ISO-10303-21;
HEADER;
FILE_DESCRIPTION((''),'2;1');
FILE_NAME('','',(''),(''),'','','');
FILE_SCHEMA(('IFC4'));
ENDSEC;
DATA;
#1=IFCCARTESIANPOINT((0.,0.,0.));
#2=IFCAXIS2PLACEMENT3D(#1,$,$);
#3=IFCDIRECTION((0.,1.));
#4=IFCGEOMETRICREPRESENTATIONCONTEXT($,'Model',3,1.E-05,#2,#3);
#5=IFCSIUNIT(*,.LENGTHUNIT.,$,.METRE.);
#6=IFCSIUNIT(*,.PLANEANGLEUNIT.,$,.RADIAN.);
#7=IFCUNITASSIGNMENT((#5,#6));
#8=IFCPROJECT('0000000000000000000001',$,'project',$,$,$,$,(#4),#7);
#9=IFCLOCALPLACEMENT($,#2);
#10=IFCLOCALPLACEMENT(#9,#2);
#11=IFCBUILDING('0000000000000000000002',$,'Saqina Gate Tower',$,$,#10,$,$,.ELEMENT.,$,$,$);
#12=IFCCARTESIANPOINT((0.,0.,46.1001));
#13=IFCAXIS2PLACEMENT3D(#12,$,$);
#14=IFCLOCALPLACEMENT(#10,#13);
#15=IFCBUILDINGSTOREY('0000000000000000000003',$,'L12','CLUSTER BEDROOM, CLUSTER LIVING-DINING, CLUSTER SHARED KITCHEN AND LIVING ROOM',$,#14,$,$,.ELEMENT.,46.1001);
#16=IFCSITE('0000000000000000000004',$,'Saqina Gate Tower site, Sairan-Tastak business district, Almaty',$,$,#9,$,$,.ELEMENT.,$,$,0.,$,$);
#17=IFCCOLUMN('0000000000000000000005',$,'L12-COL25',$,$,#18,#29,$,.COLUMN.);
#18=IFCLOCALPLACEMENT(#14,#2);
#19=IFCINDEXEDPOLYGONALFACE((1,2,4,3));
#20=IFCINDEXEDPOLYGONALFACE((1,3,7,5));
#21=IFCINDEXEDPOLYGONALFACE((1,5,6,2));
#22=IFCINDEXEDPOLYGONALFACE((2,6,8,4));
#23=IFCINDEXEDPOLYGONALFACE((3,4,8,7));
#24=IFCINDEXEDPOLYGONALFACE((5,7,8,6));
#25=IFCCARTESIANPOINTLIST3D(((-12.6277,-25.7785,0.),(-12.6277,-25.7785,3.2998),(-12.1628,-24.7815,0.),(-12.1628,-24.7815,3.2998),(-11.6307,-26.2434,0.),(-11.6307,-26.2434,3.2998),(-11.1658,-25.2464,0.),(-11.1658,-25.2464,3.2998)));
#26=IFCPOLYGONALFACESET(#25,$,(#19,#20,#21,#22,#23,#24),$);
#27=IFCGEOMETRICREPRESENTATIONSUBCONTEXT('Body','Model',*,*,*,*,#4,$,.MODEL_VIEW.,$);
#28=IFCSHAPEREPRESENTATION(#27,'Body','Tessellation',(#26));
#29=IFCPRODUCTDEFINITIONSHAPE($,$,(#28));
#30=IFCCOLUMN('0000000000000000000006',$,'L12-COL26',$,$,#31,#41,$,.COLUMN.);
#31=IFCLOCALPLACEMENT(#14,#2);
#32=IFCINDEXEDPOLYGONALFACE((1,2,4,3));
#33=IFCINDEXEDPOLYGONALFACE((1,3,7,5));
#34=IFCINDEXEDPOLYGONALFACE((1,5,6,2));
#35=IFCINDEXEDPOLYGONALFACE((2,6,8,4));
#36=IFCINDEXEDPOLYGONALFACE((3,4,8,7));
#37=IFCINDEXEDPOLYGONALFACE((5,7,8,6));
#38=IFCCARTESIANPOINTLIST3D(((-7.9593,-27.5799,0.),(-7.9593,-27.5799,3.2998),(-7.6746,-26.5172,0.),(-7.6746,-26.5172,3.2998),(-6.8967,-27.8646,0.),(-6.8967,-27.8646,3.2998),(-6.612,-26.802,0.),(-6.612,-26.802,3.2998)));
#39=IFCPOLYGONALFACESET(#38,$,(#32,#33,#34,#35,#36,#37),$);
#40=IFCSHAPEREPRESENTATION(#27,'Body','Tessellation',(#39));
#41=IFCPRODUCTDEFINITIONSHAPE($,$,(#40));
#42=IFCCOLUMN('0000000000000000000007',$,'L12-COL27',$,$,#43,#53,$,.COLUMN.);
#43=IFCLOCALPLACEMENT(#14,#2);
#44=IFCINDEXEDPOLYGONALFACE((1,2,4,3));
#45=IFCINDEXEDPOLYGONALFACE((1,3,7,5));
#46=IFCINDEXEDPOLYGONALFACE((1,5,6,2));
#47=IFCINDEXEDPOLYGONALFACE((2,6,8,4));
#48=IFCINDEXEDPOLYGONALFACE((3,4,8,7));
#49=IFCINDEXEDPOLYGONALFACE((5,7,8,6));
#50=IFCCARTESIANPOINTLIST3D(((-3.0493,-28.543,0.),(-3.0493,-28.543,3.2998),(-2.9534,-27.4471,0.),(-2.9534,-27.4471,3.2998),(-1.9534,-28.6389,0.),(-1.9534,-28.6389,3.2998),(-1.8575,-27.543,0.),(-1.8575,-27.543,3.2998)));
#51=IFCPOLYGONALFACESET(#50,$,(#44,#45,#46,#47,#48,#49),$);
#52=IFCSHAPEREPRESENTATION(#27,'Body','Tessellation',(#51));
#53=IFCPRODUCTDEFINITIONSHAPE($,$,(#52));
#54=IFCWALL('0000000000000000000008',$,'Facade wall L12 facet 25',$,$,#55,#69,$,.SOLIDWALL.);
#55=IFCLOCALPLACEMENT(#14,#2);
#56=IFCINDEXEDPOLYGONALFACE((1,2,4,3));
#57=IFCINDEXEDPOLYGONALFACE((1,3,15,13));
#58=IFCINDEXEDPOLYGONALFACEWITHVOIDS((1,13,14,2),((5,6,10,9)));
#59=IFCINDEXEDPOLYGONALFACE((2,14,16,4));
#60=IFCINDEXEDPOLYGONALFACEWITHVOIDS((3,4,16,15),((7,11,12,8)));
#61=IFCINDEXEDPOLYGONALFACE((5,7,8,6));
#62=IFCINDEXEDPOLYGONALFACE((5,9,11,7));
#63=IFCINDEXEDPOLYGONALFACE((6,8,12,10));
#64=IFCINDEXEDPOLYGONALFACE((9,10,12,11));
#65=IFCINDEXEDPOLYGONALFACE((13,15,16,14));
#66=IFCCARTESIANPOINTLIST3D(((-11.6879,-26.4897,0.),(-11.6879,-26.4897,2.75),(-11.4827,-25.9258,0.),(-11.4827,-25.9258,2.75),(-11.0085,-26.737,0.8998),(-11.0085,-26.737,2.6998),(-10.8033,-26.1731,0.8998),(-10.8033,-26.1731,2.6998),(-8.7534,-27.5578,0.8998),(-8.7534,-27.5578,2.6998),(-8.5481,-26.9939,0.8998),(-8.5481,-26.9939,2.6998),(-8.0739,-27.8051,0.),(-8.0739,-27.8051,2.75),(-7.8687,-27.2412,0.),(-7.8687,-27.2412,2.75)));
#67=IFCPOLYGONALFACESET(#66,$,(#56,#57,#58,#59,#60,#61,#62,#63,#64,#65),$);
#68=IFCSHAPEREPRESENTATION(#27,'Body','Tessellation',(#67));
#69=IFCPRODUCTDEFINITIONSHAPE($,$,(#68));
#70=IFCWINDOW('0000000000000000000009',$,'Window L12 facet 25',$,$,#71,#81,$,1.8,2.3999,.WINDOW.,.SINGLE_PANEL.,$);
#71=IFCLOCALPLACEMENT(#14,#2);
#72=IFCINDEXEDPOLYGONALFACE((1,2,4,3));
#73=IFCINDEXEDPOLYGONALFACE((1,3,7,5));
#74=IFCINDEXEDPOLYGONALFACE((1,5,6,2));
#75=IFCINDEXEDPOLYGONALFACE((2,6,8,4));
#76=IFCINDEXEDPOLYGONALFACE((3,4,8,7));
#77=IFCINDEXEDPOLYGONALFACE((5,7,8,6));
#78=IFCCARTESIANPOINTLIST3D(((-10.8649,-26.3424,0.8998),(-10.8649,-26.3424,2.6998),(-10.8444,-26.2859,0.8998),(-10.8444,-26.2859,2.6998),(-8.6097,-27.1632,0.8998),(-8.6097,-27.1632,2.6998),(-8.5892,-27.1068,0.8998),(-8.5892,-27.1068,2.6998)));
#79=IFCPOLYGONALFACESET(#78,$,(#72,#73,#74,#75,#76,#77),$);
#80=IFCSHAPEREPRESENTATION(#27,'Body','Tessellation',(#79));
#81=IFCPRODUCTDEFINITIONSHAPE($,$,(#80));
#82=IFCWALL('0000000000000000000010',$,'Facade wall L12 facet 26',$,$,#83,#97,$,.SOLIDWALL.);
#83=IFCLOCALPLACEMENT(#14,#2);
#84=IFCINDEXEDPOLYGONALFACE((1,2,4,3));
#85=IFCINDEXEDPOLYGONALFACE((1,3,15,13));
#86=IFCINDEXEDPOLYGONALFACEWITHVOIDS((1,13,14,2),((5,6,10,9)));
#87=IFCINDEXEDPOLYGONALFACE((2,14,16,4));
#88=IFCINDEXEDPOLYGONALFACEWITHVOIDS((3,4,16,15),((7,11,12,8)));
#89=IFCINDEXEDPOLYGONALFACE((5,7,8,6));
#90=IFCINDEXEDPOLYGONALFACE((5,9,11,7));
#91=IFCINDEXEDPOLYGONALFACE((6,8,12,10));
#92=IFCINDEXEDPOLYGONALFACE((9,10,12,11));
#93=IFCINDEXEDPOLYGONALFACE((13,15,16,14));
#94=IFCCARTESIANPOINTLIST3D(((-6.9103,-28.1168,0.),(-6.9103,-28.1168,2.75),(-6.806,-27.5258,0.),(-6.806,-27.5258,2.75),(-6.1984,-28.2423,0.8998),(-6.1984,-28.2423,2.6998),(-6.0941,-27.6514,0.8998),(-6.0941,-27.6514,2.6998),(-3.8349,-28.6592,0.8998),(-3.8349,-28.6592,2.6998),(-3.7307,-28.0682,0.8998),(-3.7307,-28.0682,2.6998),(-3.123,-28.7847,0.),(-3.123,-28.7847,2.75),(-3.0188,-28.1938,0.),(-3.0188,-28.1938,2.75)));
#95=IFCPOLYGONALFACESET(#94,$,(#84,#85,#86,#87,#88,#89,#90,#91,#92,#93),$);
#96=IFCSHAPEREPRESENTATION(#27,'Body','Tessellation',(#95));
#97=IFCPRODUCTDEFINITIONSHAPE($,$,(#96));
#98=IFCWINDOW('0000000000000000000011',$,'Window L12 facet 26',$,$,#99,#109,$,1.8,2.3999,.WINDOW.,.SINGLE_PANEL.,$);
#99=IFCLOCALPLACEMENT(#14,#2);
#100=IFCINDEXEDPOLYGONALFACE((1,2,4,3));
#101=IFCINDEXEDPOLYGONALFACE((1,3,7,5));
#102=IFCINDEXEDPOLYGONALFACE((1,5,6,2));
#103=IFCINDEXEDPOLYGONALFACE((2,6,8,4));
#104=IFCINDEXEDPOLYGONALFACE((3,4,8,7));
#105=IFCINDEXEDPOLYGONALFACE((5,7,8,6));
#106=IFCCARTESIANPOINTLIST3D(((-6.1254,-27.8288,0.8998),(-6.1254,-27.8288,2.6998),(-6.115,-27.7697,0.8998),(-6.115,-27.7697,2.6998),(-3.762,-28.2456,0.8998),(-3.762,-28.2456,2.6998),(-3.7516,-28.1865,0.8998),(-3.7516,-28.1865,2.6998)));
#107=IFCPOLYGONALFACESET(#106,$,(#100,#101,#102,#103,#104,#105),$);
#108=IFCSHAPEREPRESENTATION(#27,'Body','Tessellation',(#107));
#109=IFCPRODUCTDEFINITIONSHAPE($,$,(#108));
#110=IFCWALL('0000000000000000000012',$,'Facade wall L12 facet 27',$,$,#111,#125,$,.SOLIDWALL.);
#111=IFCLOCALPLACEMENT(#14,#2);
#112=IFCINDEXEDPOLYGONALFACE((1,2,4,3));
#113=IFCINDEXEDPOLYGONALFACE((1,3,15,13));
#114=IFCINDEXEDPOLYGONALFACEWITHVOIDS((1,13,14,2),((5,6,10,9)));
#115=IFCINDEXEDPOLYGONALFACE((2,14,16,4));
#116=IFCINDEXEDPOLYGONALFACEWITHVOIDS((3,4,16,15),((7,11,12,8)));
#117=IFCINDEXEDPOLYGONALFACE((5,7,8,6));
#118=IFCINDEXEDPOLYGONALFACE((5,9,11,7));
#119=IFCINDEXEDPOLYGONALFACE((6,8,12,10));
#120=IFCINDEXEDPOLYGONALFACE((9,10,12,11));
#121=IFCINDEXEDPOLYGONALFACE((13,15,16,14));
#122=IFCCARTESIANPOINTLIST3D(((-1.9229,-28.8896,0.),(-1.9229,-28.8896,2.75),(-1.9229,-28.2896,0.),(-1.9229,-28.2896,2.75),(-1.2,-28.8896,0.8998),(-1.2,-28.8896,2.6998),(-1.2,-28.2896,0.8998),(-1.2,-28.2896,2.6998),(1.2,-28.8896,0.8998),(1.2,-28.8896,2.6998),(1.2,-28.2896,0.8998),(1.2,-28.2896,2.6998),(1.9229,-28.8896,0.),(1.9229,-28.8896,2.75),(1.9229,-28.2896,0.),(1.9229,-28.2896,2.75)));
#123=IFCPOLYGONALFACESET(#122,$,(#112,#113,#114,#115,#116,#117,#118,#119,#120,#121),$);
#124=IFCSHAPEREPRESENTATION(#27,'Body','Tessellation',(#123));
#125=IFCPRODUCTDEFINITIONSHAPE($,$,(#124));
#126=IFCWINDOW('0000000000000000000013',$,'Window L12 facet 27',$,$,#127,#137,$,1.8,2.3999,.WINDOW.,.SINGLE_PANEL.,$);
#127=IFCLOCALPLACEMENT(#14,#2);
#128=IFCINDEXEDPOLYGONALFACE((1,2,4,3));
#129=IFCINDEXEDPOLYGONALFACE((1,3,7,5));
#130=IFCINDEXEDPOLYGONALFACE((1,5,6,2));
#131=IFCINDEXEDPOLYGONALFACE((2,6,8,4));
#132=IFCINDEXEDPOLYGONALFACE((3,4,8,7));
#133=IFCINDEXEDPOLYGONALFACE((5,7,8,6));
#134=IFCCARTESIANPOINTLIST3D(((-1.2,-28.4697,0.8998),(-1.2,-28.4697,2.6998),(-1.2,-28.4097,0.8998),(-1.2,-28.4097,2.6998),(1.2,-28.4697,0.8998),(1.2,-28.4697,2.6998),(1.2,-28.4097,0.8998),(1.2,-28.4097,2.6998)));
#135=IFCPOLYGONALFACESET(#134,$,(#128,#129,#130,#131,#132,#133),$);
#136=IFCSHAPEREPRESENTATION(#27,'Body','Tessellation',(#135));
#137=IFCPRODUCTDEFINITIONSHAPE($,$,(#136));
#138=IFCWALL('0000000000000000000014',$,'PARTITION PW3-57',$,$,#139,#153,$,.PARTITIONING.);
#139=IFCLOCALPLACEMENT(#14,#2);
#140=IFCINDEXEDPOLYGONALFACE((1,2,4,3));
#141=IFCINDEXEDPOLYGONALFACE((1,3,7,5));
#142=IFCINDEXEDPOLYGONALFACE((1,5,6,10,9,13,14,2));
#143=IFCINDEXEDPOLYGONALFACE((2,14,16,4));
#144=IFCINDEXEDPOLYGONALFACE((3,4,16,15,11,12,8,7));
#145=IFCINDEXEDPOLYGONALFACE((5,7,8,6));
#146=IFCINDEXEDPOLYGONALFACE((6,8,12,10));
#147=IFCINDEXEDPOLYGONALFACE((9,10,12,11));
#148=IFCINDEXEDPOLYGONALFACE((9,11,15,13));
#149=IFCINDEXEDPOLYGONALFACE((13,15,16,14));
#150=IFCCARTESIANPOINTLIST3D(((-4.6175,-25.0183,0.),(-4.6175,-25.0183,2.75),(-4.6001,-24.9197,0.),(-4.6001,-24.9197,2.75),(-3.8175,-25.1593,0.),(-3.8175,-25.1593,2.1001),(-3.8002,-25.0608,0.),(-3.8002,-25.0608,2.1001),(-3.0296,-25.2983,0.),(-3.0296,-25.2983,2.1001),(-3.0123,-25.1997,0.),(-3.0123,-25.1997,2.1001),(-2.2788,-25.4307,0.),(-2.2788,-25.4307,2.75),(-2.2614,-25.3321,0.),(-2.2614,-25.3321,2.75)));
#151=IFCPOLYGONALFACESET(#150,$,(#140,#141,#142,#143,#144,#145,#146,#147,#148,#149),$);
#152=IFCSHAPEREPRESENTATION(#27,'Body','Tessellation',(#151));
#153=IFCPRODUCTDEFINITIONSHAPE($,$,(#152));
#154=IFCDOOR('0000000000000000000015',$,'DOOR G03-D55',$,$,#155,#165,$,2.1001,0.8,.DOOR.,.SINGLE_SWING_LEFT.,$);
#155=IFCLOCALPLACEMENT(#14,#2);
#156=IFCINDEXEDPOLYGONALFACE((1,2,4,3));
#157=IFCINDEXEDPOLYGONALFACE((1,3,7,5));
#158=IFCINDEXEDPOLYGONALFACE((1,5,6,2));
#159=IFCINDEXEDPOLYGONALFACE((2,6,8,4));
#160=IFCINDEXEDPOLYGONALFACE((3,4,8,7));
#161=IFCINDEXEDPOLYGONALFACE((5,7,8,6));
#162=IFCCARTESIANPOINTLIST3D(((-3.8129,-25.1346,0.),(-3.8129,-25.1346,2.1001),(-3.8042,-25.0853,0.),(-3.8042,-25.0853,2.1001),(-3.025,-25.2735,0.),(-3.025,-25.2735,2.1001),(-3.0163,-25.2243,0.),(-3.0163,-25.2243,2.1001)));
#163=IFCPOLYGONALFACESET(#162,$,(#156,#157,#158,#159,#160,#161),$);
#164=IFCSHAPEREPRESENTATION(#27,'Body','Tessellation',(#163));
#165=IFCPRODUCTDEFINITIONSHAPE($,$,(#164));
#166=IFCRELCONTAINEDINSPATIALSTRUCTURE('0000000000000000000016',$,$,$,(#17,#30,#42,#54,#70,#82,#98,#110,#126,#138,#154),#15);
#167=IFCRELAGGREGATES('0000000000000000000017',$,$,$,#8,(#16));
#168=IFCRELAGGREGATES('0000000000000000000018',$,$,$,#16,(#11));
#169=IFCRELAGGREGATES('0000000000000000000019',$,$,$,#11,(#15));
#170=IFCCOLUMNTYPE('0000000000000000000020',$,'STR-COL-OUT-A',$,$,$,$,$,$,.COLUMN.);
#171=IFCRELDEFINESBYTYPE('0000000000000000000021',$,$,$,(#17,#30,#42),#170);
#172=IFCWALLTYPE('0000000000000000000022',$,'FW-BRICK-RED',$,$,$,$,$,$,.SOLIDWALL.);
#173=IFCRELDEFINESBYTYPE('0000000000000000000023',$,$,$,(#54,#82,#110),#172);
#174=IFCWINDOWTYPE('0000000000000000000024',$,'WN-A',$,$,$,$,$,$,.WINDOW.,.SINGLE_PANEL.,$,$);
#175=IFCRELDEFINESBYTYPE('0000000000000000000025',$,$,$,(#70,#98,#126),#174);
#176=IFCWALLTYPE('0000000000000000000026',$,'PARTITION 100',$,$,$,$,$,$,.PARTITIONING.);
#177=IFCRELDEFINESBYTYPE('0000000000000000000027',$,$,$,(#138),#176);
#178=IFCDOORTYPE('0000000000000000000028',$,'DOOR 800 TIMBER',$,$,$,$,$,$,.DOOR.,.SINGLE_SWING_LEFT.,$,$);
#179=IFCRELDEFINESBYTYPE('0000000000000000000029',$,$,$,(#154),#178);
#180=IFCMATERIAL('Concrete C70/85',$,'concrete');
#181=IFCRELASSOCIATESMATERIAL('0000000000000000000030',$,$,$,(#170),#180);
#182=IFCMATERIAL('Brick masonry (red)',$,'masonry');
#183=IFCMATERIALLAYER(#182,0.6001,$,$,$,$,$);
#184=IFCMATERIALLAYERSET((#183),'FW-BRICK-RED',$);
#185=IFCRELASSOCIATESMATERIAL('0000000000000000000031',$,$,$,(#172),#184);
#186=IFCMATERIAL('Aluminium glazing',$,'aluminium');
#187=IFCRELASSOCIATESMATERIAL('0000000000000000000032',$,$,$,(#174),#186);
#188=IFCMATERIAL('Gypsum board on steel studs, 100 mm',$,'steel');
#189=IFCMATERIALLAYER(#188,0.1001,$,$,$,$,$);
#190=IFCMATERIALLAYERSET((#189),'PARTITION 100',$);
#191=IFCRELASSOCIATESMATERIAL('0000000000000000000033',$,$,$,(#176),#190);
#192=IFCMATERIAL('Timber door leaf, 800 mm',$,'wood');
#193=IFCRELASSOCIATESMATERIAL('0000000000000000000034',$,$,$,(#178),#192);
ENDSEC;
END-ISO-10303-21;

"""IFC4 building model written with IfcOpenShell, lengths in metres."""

from ifc_helpers import new_model, si_unit, direction, frame, frame_2d, origin, origin_2d, place, context, subcontext, project, spatial, rectangle, extrude, material, layer, layer_set, material_profile, profile_set, type_object, element, fill, save


model = new_model("IFC4")

# Units and contexts
model_context = context("Model", 3, precision=1e-05, world=origin(), true_north=direction((0.0, 1.0)))
body_context = subcontext(model_context, "Body", "Model", "MODEL_VIEW")
ifc_project = project(units=[si_unit("LENGTHUNIT", "METRE"), si_unit("PLANEANGLEUNIT", "RADIAN")], contexts=[model_context])

# Site, building, storey
site_placement = place(None, origin())
site = spatial("IfcSite", under=ifc_project, at=site_placement, Name="Saqina Gate Tower site, Sairan-Tastak business district, Almaty", CompositionType="ELEMENT", RefElevation=0.0)
building_placement = place(site_placement, origin())
building = spatial("IfcBuilding", under=site, at=building_placement, Name="Saqina Gate Tower", CompositionType="ELEMENT")
storey_placement = place(building_placement, frame((0.0, 0.0, 46.1001)))
storey = spatial("IfcBuildingStorey", under=building, at=storey_placement, Name="L12", Description="CLUSTER BEDROOM, CLUSTER LIVING-DINING, CLUSTER SHARED KITCHEN AND LIVING ROOM", CompositionType="ELEMENT", Elevation=46.1001)

# Columns
ifc_material_1 = material(Name="Concrete C70/85", Category="concrete")
ifc_material_profile = material_profile(ifc_material_1, rectangle(XDim=1.1001, YDim=1.1001, at=origin_2d()), Name="RC 1100x1100")
ifc_profile_set = profile_set([ifc_material_profile], Name="Concrete C70/85")
column_type = type_object("IfcColumnType", Name="STR-COL-OUT-A", PredefinedType="COLUMN", material=ifc_profile_set)
for number, where, z_axis, x_axis, name in (
    (1, (-11.8967, -25.5125, 0.0), (0.0, 0.0, 1.0), (-0.422618, -0.906308, 0.0), "L12-COL25"),
    (2, (-7.2856, -27.1909, 0.0), (0.0, 0.0, 1.0), (-0.258819, -0.965926, 0.0), "L12-COL26"),
    (3, (-2.4534, -28.043, 0.0), (0.0, 0.0, 1.0), (-0.087156, -0.996195, 0.0), "L12-COL27"),
):
    element("IfcColumn", number, at=place(storey_placement, frame(where, z_axis=z_axis, x_axis=x_axis)), inside=storey, type_object=column_type, Name=name, PredefinedType="COLUMN", context=body_context, shape_type="SweptSolid", body=[
        extrude(rectangle(XDim=1.1001, YDim=1.1001, at=origin_2d()), origin(), (0.0, 0.0, 1.0), 3.2998),
    ])

# Walls, openings, windows
ifc_material_2 = material(Name="Brick masonry (red)", Category="masonry")
ifc_layer_1 = layer(ifc_material_2, 0.6001)
ifc_layer_set_1 = layer_set([ifc_layer_1], Name="FW-BRICK-RED")
wall_type_1 = type_object("IfcWallType", Name="FW-BRICK-RED", PredefinedType="SOLIDWALL", material=ifc_layer_set_1)
wall_1_placement = place(storey_placement, frame((-11.5852, -26.2078, 0.0), z_axis=(0.0, 0.0, 1.0), x_axis=(0.93969, -0.342028, 0.0)))
wall_1 = element("IfcWall", 4, at=wall_1_placement, inside=storey, type_object=wall_type_1, Name="Facade wall L12 facet 25", PredefinedType="SOLIDWALL", context=body_context, shape_type="SweptSolid", body=[
    extrude(rectangle(XDim=3.8459, YDim=0.6001, at=frame_2d((1.9229, 0.0))), origin(), (0.0, 0.0, 1.0), 2.75),
])
opening_1_placement = place(wall_1_placement, frame((0.7229, 0.0, 0.8999)))
opening_1 = element("IfcOpeningElement", 5, at=opening_1_placement, cuts=wall_1, PredefinedType="OPENING", context=body_context, shape_type="SweptSolid", body=[
    extrude(rectangle(XDim=2.3999, YDim=1.8, at=frame_2d((1.2, 0.8999))), frame((0.0, 0.312, 0.0), z_axis=(0.0, -1.0, 0.0), x_axis=(1.0, 0.0, 0.0)), (0.0, 0.0, 1.0), 0.624),
])
ifc_material_3 = material(Name="Aluminium glazing", Category="aluminium")
window_type = type_object("IfcWindowType", Name="WN-A", PartitioningType="SINGLE_PANEL", PredefinedType="WINDOW", material=ifc_material_3)
window_1_placement = place(opening_1_placement, origin())
window_1 = element("IfcWindow", 6, at=window_1_placement, inside=storey, type_object=window_type, Name="Window L12 facet 25", OverallHeight=1.8, OverallWidth=2.3999, PartitioningType="SINGLE_PANEL", PredefinedType="WINDOW", context=body_context, shape_type="SweptSolid", body=[
    extrude(rectangle(XDim=2.3999, YDim=1.8, at=frame_2d((1.2, 0.8999))), frame((0.0, 0.1799, 0.0), z_axis=(0.0, -1.0, 0.0), x_axis=(1.0, 0.0, 0.0)), (0.0, 0.0, 1.0), 0.0601),
])
fill(opening_1, window_1)
wall_2_placement = place(storey_placement, frame((-6.8582, -27.8213, 0.0), z_axis=(0.0, 0.0, 1.0), x_axis=(0.984801, -0.173688, 0.0)))
wall_2 = element("IfcWall", 7, at=wall_2_placement, inside=storey, type_object=wall_type_1, Name="Facade wall L12 facet 26", PredefinedType="SOLIDWALL", context=body_context, shape_type="SweptSolid", body=[
    extrude(rectangle(XDim=3.8457, YDim=0.6001, at=frame_2d((1.9229, 0.0))), origin(), (0.0, 0.0, 1.0), 2.75),
])
opening_2_placement = place(wall_2_placement, frame((0.7229, 0.0, 0.8999)))
opening_2 = element("IfcOpeningElement", 8, at=opening_2_placement, cuts=wall_2, PredefinedType="OPENING", context=body_context, shape_type="SweptSolid", body=[
    extrude(rectangle(XDim=2.3999, YDim=1.8, at=frame_2d((1.2, 0.8999))), frame((0.0, 0.312, 0.0), z_axis=(0.0, -1.0, 0.0), x_axis=(1.0, 0.0, 0.0)), (0.0, 0.0, 1.0), 0.624),
])
window_2_placement = place(opening_2_placement, origin())
window_2 = element("IfcWindow", 9, at=window_2_placement, inside=storey, type_object=window_type, Name="Window L12 facet 26", OverallHeight=1.8, OverallWidth=2.3999, PartitioningType="SINGLE_PANEL", PredefinedType="WINDOW", context=body_context, shape_type="SweptSolid", body=[
    extrude(rectangle(XDim=2.3999, YDim=1.8, at=frame_2d((1.2, 0.8999))), frame((0.0, 0.1799, 0.0), z_axis=(0.0, -1.0, 0.0), x_axis=(1.0, 0.0, 0.0)), (0.0, 0.0, 1.0), 0.0601),
])
fill(opening_2, window_2)
wall_3_placement = place(storey_placement, frame((-1.9229, -28.5896, 0.0), z_axis=(0.0, 0.0, 1.0), x_axis=(1.0, 0.0, 0.0)))
wall_3 = element("IfcWall", 10, at=wall_3_placement, inside=storey, type_object=wall_type_1, Name="Facade wall L12 facet 27", PredefinedType="SOLIDWALL", context=body_context, shape_type="SweptSolid", body=[
    extrude(rectangle(XDim=3.8457, YDim=0.6001, at=frame_2d((1.9229, 0.0))), origin(), (0.0, 0.0, 1.0), 2.75),
])
opening_3_placement = place(wall_3_placement, frame((0.7229, 0.0, 0.8999)))
opening_3 = element("IfcOpeningElement", 11, at=opening_3_placement, cuts=wall_3, PredefinedType="OPENING", context=body_context, shape_type="SweptSolid", body=[
    extrude(rectangle(XDim=2.3999, YDim=1.8, at=frame_2d((1.2, 0.8999))), frame((0.0, 0.312, 0.0), z_axis=(0.0, -1.0, 0.0), x_axis=(1.0, 0.0, 0.0)), (0.0, 0.0, 1.0), 0.624),
])
window_3_placement = place(opening_3_placement, origin())
window_3 = element("IfcWindow", 12, at=window_3_placement, inside=storey, type_object=window_type, Name="Window L12 facet 27", OverallHeight=1.8, OverallWidth=2.3999, PartitioningType="SINGLE_PANEL", PredefinedType="WINDOW", context=body_context, shape_type="SweptSolid", body=[
    extrude(rectangle(XDim=2.3999, YDim=1.8, at=frame_2d((1.2, 0.8999))), frame((0.0, 0.1799, 0.0), z_axis=(0.0, -1.0, 0.0), x_axis=(1.0, 0.0, 0.0)), (0.0, 0.0, 1.0), 0.0601),
])
fill(opening_3, window_3)

# Wall, opening, door
ifc_material_4 = material(Name="Gypsum board on steel studs, 100 mm", Category="steel")
ifc_layer_2 = layer(ifc_material_4, 0.1001)
ifc_layer_set_2 = layer_set([ifc_layer_2], Name="PARTITION 100")
wall_type_2 = type_object("IfcWallType", Name="PARTITION 100", PredefinedType="PARTITIONING", material=ifc_layer_set_2)
wall_4_placement = place(storey_placement, frame((-4.6089, -24.969, 0.0), z_axis=(0.0, 0.0, 1.0), x_axis=(0.984808, -0.173645, 0.0)))
wall_4 = element("IfcWall", 13, at=wall_4_placement, inside=storey, type_object=wall_type_2, Name="PARTITION PW3-57", PredefinedType="PARTITIONING", context=body_context, shape_type="SweptSolid", body=[
    extrude(rectangle(XDim=2.3748, YDim=0.1001, at=frame_2d((1.1875, 0.0))), origin(), (0.0, 0.0, 1.0), 2.75),
])
opening_4_placement = place(wall_4_placement, frame((0.8125, 0.0, 0.0)))
opening_4 = element("IfcOpeningElement", 14, at=opening_4_placement, cuts=wall_4, PredefinedType="OPENING", context=body_context, shape_type="SweptSolid", body=[
    extrude(rectangle(XDim=0.8, YDim=2.1001, at=frame_2d((0.3999, 1.05))), frame((0.0, 0.062, 0.0), z_axis=(0.0, -1.0, 0.0), x_axis=(1.0, 0.0, 0.0)), (0.0, 0.0, 1.0), 0.124),
])
ifc_material_5 = material(Name="Timber door leaf, 800 mm", Category="wood")
door_type = type_object("IfcDoorType", Name="DOOR 800 TIMBER", OperationType="SINGLE_SWING_LEFT", PredefinedType="DOOR", material=ifc_material_5)
door_1_placement = place(opening_4_placement, frame((0.8, 0.0, 0.0), z_axis=(0.0, 0.0, 1.0), x_axis=(-1.0, 0.0, 0.0)))
door_1 = element("IfcDoor", 15, at=door_1_placement, inside=storey, type_object=door_type, Name="DOOR G03-D55", OperationType="SINGLE_SWING_LEFT", OverallHeight=2.1001, OverallWidth=0.8, PredefinedType="DOOR", context=body_context, shape_type="SweptSolid", body=[
    extrude(rectangle(XDim=0.8, YDim=2.1001, at=frame_2d((0.3999, 1.05))), frame((0.0, 0.0249, 0.0), z_axis=(0.0, -1.0, 0.0), x_axis=(1.0, 0.0, 0.0)), (0.0, 0.0, 1.0), 0.05),
])
fill(opening_4, door_1)

save(model, "model.ifc")
